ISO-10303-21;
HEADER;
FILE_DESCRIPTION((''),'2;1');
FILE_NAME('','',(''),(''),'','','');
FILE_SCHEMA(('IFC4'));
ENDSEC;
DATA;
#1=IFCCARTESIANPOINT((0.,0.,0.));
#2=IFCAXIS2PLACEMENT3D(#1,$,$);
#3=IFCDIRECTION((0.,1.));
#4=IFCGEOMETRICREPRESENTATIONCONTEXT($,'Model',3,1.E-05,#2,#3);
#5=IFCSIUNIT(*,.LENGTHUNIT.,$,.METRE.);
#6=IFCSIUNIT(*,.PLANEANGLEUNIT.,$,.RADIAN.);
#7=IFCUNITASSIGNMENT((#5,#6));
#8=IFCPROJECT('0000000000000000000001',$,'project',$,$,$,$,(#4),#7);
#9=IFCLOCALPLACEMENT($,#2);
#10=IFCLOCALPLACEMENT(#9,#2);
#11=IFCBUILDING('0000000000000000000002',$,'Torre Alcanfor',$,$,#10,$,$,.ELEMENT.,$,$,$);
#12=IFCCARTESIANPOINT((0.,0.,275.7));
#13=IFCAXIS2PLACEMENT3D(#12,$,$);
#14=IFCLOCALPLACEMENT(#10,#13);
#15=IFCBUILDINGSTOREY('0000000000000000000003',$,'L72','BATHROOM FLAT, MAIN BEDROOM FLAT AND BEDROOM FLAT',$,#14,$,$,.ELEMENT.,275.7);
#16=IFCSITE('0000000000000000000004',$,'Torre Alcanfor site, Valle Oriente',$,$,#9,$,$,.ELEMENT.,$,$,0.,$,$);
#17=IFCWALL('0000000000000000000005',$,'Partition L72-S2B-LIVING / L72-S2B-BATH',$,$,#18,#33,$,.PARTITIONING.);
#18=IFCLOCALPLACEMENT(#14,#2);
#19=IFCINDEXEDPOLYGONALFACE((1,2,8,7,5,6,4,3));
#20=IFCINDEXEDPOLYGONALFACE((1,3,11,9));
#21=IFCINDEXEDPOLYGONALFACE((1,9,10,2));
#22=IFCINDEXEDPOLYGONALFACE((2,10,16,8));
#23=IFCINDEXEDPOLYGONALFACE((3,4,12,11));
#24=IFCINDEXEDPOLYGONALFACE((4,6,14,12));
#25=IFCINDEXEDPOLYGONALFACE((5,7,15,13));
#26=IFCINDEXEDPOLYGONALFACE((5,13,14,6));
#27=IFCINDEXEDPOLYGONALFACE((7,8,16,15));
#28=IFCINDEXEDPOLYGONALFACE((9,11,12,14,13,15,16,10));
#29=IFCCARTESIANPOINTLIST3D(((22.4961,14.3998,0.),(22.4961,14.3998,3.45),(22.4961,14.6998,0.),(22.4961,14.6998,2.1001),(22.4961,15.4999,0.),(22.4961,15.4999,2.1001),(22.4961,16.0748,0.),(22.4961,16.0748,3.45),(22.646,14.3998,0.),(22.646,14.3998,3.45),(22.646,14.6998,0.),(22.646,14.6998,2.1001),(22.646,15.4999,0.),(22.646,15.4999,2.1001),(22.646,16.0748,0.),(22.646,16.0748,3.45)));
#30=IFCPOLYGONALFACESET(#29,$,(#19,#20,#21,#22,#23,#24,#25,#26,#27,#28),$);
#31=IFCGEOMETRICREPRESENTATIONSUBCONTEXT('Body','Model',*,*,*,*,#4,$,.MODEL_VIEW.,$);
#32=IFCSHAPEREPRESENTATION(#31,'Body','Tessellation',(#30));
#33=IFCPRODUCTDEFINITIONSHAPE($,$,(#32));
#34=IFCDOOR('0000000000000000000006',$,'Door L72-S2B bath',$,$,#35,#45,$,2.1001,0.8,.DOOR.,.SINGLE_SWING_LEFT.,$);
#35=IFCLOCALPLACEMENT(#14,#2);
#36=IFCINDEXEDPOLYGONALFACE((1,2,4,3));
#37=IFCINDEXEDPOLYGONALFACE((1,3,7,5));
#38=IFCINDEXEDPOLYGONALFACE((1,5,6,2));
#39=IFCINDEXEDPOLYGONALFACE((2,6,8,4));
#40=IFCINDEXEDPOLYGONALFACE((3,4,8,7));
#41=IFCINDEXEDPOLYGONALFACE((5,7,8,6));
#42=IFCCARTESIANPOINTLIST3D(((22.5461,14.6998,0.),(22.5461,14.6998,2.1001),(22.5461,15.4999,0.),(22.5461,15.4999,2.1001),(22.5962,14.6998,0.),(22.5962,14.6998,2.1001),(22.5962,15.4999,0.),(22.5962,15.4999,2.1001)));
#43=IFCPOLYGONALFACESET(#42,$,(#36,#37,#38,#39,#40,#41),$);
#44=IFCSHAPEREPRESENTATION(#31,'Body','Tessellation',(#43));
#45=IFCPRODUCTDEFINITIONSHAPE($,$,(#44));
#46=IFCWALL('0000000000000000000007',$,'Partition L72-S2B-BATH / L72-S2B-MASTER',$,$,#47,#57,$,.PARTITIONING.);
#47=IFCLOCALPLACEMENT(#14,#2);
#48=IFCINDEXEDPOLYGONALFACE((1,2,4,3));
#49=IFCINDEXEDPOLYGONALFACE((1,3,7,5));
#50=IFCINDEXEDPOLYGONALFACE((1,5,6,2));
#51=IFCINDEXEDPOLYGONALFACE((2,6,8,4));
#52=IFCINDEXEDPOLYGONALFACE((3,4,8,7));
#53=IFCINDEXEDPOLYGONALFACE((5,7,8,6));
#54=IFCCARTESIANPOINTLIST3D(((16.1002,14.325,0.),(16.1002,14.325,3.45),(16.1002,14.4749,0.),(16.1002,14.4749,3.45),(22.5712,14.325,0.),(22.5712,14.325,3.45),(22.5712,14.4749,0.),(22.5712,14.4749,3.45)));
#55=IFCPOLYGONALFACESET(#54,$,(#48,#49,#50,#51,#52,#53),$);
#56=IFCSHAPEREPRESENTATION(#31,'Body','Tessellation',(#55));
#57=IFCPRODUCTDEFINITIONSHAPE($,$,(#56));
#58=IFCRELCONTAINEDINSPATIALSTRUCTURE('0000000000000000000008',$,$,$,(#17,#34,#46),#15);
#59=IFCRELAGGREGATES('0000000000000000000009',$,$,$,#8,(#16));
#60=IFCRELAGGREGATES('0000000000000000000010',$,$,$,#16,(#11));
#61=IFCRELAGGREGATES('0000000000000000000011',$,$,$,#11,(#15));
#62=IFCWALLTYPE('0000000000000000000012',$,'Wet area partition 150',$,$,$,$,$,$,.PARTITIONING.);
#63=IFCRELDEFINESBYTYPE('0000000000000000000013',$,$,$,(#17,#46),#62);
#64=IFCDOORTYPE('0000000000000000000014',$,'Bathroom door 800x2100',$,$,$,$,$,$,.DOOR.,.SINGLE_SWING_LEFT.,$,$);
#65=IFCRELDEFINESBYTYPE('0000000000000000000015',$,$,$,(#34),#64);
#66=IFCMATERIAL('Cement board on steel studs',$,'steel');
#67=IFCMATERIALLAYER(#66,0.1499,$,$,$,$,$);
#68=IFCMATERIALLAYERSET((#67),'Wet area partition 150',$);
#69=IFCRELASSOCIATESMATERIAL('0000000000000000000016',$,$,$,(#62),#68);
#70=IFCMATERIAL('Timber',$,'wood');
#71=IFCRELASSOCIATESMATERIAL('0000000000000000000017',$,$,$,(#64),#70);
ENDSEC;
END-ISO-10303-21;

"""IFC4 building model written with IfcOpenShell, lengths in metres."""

from ifc_helpers import new_model, si_unit, direction, frame, frame_2d, origin, place, context, subcontext, project, spatial, rectangle, extrude, material, layer, layer_set, type_object, element, fill, save


model = new_model("IFC4")

# Units and contexts
model_context = context("Model", 3, precision=1e-05, world=origin(), true_north=direction((0.0, 1.0)))
body_context = subcontext(model_context, "Body", "Model", "MODEL_VIEW")
ifc_project = project(units=[si_unit("LENGTHUNIT", "METRE"), si_unit("PLANEANGLEUNIT", "RADIAN")], contexts=[model_context])

# Site, building, storey
site_placement = place(None, origin())
site = spatial("IfcSite", under=ifc_project, at=site_placement, Name="Torre Alcanfor site, Valle Oriente", CompositionType="ELEMENT", RefElevation=0.0)
building_placement = place(site_placement, origin())
building = spatial("IfcBuilding", under=site, at=building_placement, Name="Torre Alcanfor", CompositionType="ELEMENT")
storey_placement = place(building_placement, frame((0.0, 0.0, 275.7)))
storey = spatial("IfcBuildingStorey", under=building, at=storey_placement, Name="L72", Description="BATHROOM FLAT, MAIN BEDROOM FLAT AND BEDROOM FLAT", CompositionType="ELEMENT", Elevation=275.7)

# Shared definitions
ifc_material_1 = material(Name="Cement board on steel studs", Category="steel")
ifc_layer_1 = layer(ifc_material_1, 0.1499)
ifc_layer_set_1 = layer_set([ifc_layer_1], Name="Wet area partition 150")
wall_type_1 = type_object("IfcWallType", Name="Wet area partition 150", PredefinedType="PARTITIONING", material=ifc_layer_set_1)

# Wall, opening, door
ifc_material_2 = material(Name="Timber", Category="wood")
door_type_1 = type_object("IfcDoorType", Name="Bathroom door 800x2100", OperationType="SINGLE_SWING_LEFT", PredefinedType="DOOR", material=ifc_material_2)
wall_1_placement = place(storey_placement, frame((22.571, 14.3999, 0.0), z_axis=(0.0, 0.0, 1.0), x_axis=(0.0, 1.0, 0.0)))
wall_1 = element("IfcWall", 1, at=wall_1_placement, inside=storey, type_object=wall_type_1, Name="Partition L72-S2B-LIVING / L72-S2B-BATH", PredefinedType="PARTITIONING", context=body_context, shape_type="SweptSolid", body=[
    extrude(rectangle(XDim=1.675, YDim=0.1499, at=frame_2d((0.8374, 0.0))), origin(), (0.0, 0.0, 1.0), 3.45),
])
opening_1_placement = place(wall_1_placement, frame((0.3, 0.0, 0.0)))
opening_1 = element("IfcOpeningElement", 2, at=opening_1_placement, cuts=wall_1, PredefinedType="OPENING", context=body_context, shape_type="SweptSolid", body=[
    extrude(rectangle(XDim=0.8, YDim=2.1001, at=frame_2d((0.3999, 1.05))), frame((0.0, 0.085, 0.0), z_axis=(0.0, -1.0, 0.0), x_axis=(1.0, 0.0, 0.0)), (0.0, 0.0, 1.0), 0.1699),
])
door_1_placement = place(opening_1_placement, origin())
door_1 = element("IfcDoor", 3, at=door_1_placement, inside=storey, type_object=door_type_1, Name="Door L72-S2B bath", OperationType="SINGLE_SWING_LEFT", OverallHeight=2.1001, OverallWidth=0.8, PredefinedType="DOOR", context=body_context, shape_type="SweptSolid", body=[
    extrude(rectangle(XDim=0.8, YDim=2.1001, at=frame_2d((0.3999, 1.05))), frame((0.0, 0.0249, 0.0), z_axis=(0.0, -1.0, 0.0), x_axis=(1.0, 0.0, 0.0)), (0.0, 0.0, 1.0), 0.05),
])
fill(opening_1, door_1)

# Wall
wall_2_placement = place(storey_placement, frame((22.571, 14.3999, 0.0), z_axis=(0.0, 0.0, 1.0), x_axis=(-1.0, 0.0, 0.0)))
element("IfcWall", 4, at=wall_2_placement, inside=storey, type_object=wall_type_1, Name="Partition L72-S2B-BATH / L72-S2B-MASTER", PredefinedType="PARTITIONING", context=body_context, shape_type="SweptSolid", body=[
    extrude(rectangle(XDim=6.4709, YDim=0.1499, at=frame_2d((3.2354, 0.0))), origin(), (0.0, 0.0, 1.0), 3.45),
])

save(model, "model.ifc")
